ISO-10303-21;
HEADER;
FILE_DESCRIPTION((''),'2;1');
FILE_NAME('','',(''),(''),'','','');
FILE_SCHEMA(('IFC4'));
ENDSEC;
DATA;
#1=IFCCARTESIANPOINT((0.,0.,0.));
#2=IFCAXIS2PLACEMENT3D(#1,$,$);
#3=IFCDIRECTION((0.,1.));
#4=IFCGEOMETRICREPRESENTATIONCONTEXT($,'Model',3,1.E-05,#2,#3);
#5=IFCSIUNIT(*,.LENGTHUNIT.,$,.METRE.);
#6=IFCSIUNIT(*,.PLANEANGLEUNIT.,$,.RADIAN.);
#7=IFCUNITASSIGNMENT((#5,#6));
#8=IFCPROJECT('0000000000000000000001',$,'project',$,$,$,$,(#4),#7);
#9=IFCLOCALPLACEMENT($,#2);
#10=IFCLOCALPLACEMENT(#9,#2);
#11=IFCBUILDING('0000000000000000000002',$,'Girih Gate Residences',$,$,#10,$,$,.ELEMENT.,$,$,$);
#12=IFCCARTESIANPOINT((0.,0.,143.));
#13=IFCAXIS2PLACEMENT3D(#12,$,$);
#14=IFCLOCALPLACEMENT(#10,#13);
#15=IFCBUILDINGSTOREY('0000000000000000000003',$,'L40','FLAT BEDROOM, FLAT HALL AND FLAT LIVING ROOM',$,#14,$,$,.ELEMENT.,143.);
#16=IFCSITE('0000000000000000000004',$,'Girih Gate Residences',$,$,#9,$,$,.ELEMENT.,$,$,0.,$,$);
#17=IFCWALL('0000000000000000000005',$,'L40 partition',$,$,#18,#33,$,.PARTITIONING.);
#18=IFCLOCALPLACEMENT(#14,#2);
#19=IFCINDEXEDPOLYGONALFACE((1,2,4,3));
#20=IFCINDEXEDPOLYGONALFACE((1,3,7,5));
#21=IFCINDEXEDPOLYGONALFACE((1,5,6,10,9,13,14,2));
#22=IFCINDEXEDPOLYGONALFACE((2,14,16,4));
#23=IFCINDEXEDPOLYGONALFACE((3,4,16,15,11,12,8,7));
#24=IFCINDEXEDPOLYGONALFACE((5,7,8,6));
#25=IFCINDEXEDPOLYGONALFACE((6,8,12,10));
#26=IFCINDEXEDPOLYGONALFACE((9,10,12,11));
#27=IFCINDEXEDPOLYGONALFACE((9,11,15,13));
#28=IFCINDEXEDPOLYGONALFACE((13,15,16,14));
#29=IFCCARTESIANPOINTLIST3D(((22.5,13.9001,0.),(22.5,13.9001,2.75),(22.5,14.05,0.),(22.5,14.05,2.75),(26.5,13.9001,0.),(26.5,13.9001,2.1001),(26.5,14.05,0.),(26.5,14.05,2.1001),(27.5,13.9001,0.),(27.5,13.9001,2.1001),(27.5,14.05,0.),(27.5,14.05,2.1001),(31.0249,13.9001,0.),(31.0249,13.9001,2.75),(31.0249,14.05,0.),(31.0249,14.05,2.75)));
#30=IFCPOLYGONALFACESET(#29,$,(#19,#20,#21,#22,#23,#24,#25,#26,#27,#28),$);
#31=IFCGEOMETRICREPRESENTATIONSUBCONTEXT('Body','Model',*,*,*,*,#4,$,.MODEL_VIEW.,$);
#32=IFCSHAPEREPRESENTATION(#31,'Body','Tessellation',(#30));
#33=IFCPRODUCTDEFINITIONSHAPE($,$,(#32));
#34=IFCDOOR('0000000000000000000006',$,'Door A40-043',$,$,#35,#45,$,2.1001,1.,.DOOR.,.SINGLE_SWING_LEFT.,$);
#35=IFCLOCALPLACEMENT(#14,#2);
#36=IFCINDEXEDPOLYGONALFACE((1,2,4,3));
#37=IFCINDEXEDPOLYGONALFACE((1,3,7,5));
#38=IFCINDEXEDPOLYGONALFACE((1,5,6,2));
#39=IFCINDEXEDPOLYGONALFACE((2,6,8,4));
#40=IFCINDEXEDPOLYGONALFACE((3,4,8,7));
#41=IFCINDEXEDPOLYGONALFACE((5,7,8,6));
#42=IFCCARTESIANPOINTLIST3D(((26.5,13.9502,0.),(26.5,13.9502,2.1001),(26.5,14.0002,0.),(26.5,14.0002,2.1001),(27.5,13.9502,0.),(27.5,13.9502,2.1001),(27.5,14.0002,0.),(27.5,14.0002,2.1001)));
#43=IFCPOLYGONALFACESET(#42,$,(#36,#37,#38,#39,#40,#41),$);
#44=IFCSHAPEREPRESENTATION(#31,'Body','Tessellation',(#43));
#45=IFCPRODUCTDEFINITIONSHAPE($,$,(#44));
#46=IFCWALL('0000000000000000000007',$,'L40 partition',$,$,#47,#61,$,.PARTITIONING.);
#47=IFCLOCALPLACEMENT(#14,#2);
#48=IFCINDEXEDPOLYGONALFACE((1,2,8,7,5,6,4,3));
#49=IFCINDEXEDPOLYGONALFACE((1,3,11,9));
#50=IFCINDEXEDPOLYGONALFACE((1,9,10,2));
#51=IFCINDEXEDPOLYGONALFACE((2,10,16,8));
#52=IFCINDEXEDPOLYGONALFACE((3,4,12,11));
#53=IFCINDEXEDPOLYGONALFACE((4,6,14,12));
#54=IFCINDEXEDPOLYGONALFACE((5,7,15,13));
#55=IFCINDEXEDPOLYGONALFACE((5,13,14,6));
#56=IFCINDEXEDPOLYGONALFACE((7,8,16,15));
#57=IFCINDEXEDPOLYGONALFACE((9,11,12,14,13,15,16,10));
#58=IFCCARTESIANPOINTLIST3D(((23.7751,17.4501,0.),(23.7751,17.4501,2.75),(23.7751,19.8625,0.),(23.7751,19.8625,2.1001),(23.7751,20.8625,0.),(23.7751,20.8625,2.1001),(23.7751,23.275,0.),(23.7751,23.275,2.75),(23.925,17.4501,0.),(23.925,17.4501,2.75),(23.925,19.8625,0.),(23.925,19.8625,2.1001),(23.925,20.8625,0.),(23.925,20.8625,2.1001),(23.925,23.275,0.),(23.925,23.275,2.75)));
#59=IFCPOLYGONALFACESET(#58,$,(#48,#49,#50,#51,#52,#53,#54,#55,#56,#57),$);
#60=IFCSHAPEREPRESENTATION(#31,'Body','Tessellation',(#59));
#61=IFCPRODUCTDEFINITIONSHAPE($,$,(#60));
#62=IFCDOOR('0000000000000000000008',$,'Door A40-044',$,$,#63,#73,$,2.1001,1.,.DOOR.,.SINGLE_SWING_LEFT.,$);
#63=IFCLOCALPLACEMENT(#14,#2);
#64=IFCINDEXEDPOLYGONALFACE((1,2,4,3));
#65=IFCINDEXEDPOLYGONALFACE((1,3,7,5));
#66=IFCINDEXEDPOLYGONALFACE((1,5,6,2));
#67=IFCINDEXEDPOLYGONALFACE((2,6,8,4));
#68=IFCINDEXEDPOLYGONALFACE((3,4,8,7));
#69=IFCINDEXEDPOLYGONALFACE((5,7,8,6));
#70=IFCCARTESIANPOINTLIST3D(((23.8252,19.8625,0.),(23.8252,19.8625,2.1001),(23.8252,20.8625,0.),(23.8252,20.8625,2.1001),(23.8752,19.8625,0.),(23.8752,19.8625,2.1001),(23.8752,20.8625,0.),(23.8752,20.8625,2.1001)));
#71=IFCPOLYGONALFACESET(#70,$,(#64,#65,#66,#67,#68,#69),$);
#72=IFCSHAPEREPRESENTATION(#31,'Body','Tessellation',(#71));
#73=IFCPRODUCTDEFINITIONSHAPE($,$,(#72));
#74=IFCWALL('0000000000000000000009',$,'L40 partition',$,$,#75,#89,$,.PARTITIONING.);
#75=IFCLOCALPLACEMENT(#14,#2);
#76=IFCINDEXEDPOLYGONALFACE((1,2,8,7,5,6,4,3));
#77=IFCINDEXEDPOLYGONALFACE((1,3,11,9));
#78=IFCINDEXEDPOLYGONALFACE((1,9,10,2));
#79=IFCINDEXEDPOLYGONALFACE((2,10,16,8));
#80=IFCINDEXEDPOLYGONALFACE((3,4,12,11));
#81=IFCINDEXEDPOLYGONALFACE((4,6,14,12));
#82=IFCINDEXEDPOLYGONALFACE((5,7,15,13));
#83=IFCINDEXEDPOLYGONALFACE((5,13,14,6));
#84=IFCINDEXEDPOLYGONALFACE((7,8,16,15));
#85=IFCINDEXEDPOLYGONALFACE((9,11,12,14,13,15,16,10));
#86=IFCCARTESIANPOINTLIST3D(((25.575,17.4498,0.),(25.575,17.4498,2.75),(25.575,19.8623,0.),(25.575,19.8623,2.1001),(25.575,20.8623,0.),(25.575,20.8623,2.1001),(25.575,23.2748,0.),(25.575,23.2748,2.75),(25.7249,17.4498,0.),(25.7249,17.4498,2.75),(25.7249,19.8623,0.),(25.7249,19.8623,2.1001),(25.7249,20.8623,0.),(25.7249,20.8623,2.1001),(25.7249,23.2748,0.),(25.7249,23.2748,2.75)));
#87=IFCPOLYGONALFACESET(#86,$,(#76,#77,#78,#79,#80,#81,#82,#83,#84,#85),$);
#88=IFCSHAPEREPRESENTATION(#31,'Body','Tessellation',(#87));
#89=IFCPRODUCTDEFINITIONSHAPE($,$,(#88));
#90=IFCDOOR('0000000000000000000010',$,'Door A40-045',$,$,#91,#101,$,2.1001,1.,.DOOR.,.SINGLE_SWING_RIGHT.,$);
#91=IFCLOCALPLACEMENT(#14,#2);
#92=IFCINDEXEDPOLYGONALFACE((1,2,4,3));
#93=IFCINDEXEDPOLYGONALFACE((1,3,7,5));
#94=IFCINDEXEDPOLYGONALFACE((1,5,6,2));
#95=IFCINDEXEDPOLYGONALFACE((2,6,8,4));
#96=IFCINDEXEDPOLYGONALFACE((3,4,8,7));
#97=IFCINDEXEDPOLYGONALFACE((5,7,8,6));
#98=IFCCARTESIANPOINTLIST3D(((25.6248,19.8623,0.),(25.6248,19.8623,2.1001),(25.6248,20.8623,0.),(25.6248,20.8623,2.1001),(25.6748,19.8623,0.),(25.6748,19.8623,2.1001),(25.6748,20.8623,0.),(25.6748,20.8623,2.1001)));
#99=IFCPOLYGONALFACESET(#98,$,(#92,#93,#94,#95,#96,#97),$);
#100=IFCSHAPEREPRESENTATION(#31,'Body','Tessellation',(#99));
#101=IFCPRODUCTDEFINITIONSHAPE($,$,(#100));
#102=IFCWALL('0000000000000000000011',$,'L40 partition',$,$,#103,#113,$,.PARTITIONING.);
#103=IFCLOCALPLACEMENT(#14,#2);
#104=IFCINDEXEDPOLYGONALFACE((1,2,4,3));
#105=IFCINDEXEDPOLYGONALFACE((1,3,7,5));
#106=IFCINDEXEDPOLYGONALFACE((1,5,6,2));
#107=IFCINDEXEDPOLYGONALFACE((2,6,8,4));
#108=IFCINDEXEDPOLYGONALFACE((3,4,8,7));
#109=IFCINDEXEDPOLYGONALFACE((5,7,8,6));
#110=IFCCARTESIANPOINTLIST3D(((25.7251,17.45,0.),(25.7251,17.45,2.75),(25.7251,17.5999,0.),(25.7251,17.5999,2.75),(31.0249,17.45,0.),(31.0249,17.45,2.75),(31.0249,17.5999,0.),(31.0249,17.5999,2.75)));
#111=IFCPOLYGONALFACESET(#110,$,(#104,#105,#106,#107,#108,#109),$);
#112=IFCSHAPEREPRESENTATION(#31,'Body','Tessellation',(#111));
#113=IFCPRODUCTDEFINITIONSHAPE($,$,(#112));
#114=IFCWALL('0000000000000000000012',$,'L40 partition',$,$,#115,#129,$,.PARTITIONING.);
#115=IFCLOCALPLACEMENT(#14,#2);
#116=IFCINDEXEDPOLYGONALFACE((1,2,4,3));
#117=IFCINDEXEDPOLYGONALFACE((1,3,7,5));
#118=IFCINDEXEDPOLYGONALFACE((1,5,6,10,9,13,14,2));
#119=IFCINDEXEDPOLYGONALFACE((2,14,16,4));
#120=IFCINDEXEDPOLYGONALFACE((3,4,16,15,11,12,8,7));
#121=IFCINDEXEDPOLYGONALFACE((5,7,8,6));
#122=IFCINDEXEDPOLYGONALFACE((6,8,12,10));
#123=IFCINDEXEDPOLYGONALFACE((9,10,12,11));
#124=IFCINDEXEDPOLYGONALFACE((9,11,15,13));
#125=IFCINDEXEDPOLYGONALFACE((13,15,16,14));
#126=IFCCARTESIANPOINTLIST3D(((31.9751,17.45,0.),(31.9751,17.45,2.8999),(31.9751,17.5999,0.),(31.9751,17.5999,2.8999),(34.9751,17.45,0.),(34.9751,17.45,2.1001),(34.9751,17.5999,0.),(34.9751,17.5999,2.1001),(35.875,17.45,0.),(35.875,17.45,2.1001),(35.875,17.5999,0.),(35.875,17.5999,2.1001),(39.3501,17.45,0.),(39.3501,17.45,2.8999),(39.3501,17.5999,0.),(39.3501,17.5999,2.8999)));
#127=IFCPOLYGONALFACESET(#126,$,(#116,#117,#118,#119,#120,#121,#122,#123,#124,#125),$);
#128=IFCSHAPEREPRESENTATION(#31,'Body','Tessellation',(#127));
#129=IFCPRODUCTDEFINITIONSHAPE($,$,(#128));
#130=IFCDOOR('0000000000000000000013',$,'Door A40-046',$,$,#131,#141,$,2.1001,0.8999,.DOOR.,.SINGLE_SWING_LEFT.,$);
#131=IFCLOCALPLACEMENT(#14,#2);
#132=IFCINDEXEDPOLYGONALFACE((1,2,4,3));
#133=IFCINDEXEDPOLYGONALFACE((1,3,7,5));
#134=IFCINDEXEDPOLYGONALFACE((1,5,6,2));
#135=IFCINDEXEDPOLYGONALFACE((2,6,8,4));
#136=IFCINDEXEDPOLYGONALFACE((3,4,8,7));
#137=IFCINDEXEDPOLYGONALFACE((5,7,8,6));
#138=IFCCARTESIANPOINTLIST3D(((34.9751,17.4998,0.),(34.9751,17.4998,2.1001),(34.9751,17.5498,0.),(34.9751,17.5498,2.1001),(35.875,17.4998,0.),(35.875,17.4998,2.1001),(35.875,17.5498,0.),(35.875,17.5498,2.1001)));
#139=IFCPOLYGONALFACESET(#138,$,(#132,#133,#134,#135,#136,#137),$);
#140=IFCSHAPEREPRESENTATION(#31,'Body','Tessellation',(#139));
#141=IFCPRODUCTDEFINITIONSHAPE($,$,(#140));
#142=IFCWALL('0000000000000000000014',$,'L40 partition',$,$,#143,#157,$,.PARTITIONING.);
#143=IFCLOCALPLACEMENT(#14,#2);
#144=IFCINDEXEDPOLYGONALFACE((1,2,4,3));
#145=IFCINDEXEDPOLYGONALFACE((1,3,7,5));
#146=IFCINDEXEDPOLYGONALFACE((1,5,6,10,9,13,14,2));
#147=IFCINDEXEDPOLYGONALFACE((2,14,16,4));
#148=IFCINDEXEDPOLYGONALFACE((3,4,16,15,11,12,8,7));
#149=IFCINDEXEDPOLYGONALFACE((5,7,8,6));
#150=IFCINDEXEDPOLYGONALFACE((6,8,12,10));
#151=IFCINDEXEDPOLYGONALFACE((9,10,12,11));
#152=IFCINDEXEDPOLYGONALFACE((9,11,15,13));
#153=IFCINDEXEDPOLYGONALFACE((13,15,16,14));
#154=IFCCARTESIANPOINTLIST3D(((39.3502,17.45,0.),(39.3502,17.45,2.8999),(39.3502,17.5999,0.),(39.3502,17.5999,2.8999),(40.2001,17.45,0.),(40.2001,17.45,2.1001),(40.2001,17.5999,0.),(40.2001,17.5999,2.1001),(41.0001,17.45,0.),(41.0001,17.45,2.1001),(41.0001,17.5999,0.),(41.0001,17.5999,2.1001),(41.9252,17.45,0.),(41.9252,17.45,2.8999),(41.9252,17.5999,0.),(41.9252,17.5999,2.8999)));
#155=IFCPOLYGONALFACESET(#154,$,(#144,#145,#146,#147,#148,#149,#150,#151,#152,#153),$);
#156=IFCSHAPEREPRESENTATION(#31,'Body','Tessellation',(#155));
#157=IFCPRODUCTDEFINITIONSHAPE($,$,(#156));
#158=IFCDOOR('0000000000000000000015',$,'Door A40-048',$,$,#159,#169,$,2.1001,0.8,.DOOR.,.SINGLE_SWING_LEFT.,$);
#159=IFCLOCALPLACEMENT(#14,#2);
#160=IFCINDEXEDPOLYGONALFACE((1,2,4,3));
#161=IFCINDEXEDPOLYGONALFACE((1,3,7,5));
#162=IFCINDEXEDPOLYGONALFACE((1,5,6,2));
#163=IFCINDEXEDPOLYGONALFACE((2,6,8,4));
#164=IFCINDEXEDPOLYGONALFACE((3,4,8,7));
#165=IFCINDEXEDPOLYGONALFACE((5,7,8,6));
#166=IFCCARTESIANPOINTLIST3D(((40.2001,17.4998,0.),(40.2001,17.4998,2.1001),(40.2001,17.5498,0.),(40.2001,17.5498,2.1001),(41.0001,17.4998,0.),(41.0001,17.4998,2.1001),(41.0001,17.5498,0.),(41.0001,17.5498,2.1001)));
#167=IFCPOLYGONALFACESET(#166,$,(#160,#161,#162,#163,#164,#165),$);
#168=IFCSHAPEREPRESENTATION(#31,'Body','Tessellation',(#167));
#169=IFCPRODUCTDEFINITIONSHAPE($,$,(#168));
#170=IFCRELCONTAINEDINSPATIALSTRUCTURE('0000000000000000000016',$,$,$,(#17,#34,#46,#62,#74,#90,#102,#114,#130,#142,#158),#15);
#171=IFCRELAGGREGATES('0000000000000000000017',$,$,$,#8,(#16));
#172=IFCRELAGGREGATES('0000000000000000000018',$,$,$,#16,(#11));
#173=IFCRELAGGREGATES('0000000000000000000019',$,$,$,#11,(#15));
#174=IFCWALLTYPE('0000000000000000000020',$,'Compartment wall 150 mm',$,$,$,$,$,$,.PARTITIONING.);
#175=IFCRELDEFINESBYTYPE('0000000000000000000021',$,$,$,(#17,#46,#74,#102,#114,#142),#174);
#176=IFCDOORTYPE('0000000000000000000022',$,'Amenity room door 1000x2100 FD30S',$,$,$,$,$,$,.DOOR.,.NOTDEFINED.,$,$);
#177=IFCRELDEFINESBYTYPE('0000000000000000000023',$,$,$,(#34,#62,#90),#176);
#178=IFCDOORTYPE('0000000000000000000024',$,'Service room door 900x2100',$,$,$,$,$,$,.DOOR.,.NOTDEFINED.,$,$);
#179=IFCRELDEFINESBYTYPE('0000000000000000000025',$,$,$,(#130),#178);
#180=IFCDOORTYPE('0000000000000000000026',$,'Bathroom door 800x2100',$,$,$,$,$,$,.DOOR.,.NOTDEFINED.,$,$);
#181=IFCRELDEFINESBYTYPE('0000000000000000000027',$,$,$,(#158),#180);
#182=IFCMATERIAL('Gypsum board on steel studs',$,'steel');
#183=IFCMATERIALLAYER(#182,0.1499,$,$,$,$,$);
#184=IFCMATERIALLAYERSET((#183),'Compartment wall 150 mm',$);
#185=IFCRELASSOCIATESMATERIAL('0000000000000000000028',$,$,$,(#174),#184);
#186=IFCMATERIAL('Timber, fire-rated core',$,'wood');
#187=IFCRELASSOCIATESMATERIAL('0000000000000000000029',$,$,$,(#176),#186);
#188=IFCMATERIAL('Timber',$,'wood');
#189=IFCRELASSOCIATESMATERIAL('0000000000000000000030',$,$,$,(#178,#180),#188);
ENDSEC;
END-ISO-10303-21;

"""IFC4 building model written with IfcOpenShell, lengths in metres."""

from ifc_helpers import new_model, si_unit, direction, frame, frame_2d, origin, place, context, subcontext, project, spatial, rectangle, extrude, material, layer, layer_set, type_object, element, fill, save


model = new_model("IFC4")

# Units and contexts
model_context = context("Model", 3, precision=1e-05, world=origin(), true_north=direction((0.0, 1.0)))
body_context = subcontext(model_context, "Body", "Model", "MODEL_VIEW")
ifc_project = project(units=[si_unit("LENGTHUNIT", "METRE"), si_unit("PLANEANGLEUNIT", "RADIAN")], contexts=[model_context])

# Site, building, storey
site_placement = place(None, origin())
site = spatial("IfcSite", under=ifc_project, at=site_placement, Name="Girih Gate Residences", CompositionType="ELEMENT", RefElevation=0.0)
building_placement = place(site_placement, origin())
building = spatial("IfcBuilding", under=site, at=building_placement, Name="Girih Gate Residences", CompositionType="ELEMENT")
storey_placement = place(building_placement, frame((0.0, 0.0, 143.0)))
storey = spatial("IfcBuildingStorey", under=building, at=storey_placement, Name="L40", Description="FLAT BEDROOM, FLAT HALL AND FLAT LIVING ROOM", CompositionType="ELEMENT", Elevation=143.0)

# Shared definitions
ifc_material_1 = material(Name="Gypsum board on steel studs", Category="steel")
ifc_layer_1 = layer(ifc_material_1, 0.1499)
ifc_layer_set_1 = layer_set([ifc_layer_1], Name="Compartment wall 150 mm")
wall_type_1 = type_object("IfcWallType", Name="Compartment wall 150 mm", PredefinedType="PARTITIONING", material=ifc_layer_set_1)

# Shared definitions
ifc_material_2 = material(Name="Timber, fire-rated core", Category="wood")

# Walls, openings, doors
wall_1_placement = place(storey_placement, frame((31.0249, 13.9751, 0.0), z_axis=(0.0, 0.0, 1.0), x_axis=(-1.0, 0.0, 0.0)))
wall_1 = element("IfcWall", 1, at=wall_1_placement, inside=storey, type_object=wall_type_1, Name="L40 partition", PredefinedType="PARTITIONING", context=body_context, shape_type="SweptSolid", body=[
    extrude(rectangle(XDim=8.5249, YDim=0.1499, at=frame_2d((4.2625, 0.0))), origin(), (0.0, 0.0, 1.0), 2.75),
])
opening_1_placement = place(wall_1_placement, frame((3.5249, 0.0, 0.0)))
opening_1 = element("IfcOpeningElement", 2, at=opening_1_placement, cuts=wall_1, PredefinedType="OPENING", context=body_context, shape_type="SweptSolid", body=[
    extrude(rectangle(XDim=1.0, YDim=2.1001, at=frame_2d((0.5, 1.05))), frame((0.0, 0.085, 0.0), z_axis=(0.0, -1.0, 0.0), x_axis=(1.0, 0.0, 0.0)), (0.0, 0.0, 1.0), 0.1699),
])
door_type_1 = type_object("IfcDoorType", Name="Amenity room door 1000x2100 FD30S", OperationType="NOTDEFINED", PredefinedType="DOOR", material=ifc_material_2)
door_1_placement = place(opening_1_placement, origin())
door_1 = element("IfcDoor", 3, at=door_1_placement, inside=storey, type_object=door_type_1, Name="Door A40-043", OperationType="SINGLE_SWING_LEFT", OverallHeight=2.1001, OverallWidth=1.0, PredefinedType="DOOR", context=body_context, shape_type="SweptSolid", body=[
    extrude(rectangle(XDim=1.0, YDim=2.1001, at=frame_2d((0.5, 1.05))), frame((0.0, 0.0249, 0.0), z_axis=(0.0, -1.0, 0.0), x_axis=(1.0, 0.0, 0.0)), (0.0, 0.0, 1.0), 0.05),
])
fill(opening_1, door_1)
wall_2_placement = place(storey_placement, frame((23.8501, 17.45, 0.0), z_axis=(0.0, 0.0, 1.0), x_axis=(0.0, 1.0, 0.0)))
wall_2 = element("IfcWall", 4, at=wall_2_placement, inside=storey, type_object=wall_type_1, Name="L40 partition", PredefinedType="PARTITIONING", context=body_context, shape_type="SweptSolid", body=[
    extrude(rectangle(XDim=5.825, YDim=0.1499, at=frame_2d((2.9126, 0.0))), origin(), (0.0, 0.0, 1.0), 2.75),
])
opening_2_placement = place(wall_2_placement, frame((2.4126, 0.0, 0.0)))
opening_2 = element("IfcOpeningElement", 5, at=opening_2_placement, cuts=wall_2, PredefinedType="OPENING", context=body_context, shape_type="SweptSolid", body=[
    extrude(rectangle(XDim=1.0, YDim=2.1001, at=frame_2d((0.5, 1.05))), frame((0.0, 0.085, 0.0), z_axis=(0.0, -1.0, 0.0), x_axis=(1.0, 0.0, 0.0)), (0.0, 0.0, 1.0), 0.1699),
])
door_2_placement = place(opening_2_placement, origin())
door_2 = element("IfcDoor", 6, at=door_2_placement, inside=storey, type_object=door_type_1, Name="Door A40-044", OperationType="SINGLE_SWING_LEFT", OverallHeight=2.1001, OverallWidth=1.0, PredefinedType="DOOR", context=body_context, shape_type="SweptSolid", body=[
    extrude(rectangle(XDim=1.0, YDim=2.1001, at=frame_2d((0.5, 1.05))), frame((0.0, 0.0249, 0.0), z_axis=(0.0, -1.0, 0.0), x_axis=(1.0, 0.0, 0.0)), (0.0, 0.0, 1.0), 0.05),
])
fill(opening_2, door_2)
wall_3_placement = place(storey_placement, frame((25.6499, 23.2749, 0.0), z_axis=(0.0, 0.0, 1.0), x_axis=(0.0, -1.0, 0.0)))
wall_3 = element("IfcWall", 7, at=wall_3_placement, inside=storey, type_object=wall_type_1, Name="L40 partition", PredefinedType="PARTITIONING", context=body_context, shape_type="SweptSolid", body=[
    extrude(rectangle(XDim=5.825, YDim=0.1499, at=frame_2d((2.9126, 0.0))), origin(), (0.0, 0.0, 1.0), 2.75),
])
opening_3_placement = place(wall_3_placement, frame((2.4126, 0.0, 0.0)))
opening_3 = element("IfcOpeningElement", 8, at=opening_3_placement, cuts=wall_3, PredefinedType="OPENING", context=body_context, shape_type="SweptSolid", body=[
    extrude(rectangle(XDim=1.0, YDim=2.1001, at=frame_2d((0.5, 1.05))), frame((0.0, 0.085, 0.0), z_axis=(0.0, -1.0, 0.0), x_axis=(1.0, 0.0, 0.0)), (0.0, 0.0, 1.0), 0.1699),
])
door_3_placement = place(opening_3_placement, origin())
door_3 = element("IfcDoor", 9, at=door_3_placement, inside=storey, type_object=door_type_1, Name="Door A40-045", OperationType="SINGLE_SWING_RIGHT", OverallHeight=2.1001, OverallWidth=1.0, PredefinedType="DOOR", context=body_context, shape_type="SweptSolid", body=[
    extrude(rectangle(XDim=1.0, YDim=2.1001, at=frame_2d((0.5, 1.05))), frame((0.0, 0.0249, 0.0), z_axis=(0.0, -1.0, 0.0), x_axis=(1.0, 0.0, 0.0)), (0.0, 0.0, 1.0), 0.05),
])
fill(opening_3, door_3)

# Wall
wall_4_placement = place(storey_placement, frame((25.7251, 17.5249, 0.0), z_axis=(0.0, 0.0, 1.0), x_axis=(1.0, 0.0, 0.0)))
element("IfcWall", 10, at=wall_4_placement, inside=storey, type_object=wall_type_1, Name="L40 partition", PredefinedType="PARTITIONING", context=body_context, shape_type="SweptSolid", body=[
    extrude(rectangle(XDim=5.2998, YDim=0.1499, at=frame_2d((2.6499, 0.0))), origin(), (0.0, 0.0, 1.0), 2.75),
])

# Walls, openings, doors
wall_5_placement = place(storey_placement, frame((31.9751, 17.5249, 0.0), z_axis=(0.0, 0.0, 1.0), x_axis=(1.0, 0.0, 0.0)))
wall_5 = element("IfcWall", 11, at=wall_5_placement, inside=storey, type_object=wall_type_1, Name="L40 partition", PredefinedType="PARTITIONING", context=body_context, shape_type="SweptSolid", body=[
    extrude(rectangle(XDim=7.375, YDim=0.1499, at=frame_2d((3.6875, 0.0))), origin(), (0.0, 0.0, 1.0), 2.8999),
])
opening_4_placement = place(wall_5_placement, frame((3.0, 0.0, 0.0)))
opening_4 = element("IfcOpeningElement", 12, at=opening_4_placement, cuts=wall_5, PredefinedType="OPENING", context=body_context, shape_type="SweptSolid", body=[
    extrude(rectangle(XDim=0.8999, YDim=2.1001, at=frame_2d((0.45, 1.05))), frame((0.0, 0.085, 0.0), z_axis=(0.0, -1.0, 0.0), x_axis=(1.0, 0.0, 0.0)), (0.0, 0.0, 1.0), 0.1699),
])
ifc_material_3 = material(Name="Timber", Category="wood")
door_type_2 = type_object("IfcDoorType", Name="Service room door 900x2100", OperationType="NOTDEFINED", PredefinedType="DOOR", material=ifc_material_3)
door_4_placement = place(opening_4_placement, origin())
door_4 = element("IfcDoor", 13, at=door_4_placement, inside=storey, type_object=door_type_2, Name="Door A40-046", OperationType="SINGLE_SWING_LEFT", OverallHeight=2.1001, OverallWidth=0.8999, PredefinedType="DOOR", context=body_context, shape_type="SweptSolid", body=[
    extrude(rectangle(XDim=0.8999, YDim=2.1001, at=frame_2d((0.45, 1.05))), frame((0.0, 0.0249, 0.0), z_axis=(0.0, -1.0, 0.0), x_axis=(1.0, 0.0, 0.0)), (0.0, 0.0, 1.0), 0.05),
])
fill(opening_4, door_4)
wall_6_placement = place(storey_placement, frame((39.3501, 17.5249, 0.0), z_axis=(0.0, 0.0, 1.0), x_axis=(1.0, 0.0, 0.0)))
wall_6 = element("IfcWall", 14, at=wall_6_placement, inside=storey, type_object=wall_type_1, Name="L40 partition", PredefinedType="PARTITIONING", context=body_context, shape_type="SweptSolid", body=[
    extrude(rectangle(XDim=2.575, YDim=0.1499, at=frame_2d((1.2876, 0.0))), origin(), (0.0, 0.0, 1.0), 2.8999),
])
opening_5_placement = place(wall_6_placement, frame((0.8501, 0.0, 0.0)))
opening_5 = element("IfcOpeningElement", 15, at=opening_5_placement, cuts=wall_6, PredefinedType="OPENING", context=body_context, shape_type="SweptSolid", body=[
    extrude(rectangle(XDim=0.8, YDim=2.1001, at=frame_2d((0.3999, 1.05))), frame((0.0, 0.085, 0.0), z_axis=(0.0, -1.0, 0.0), x_axis=(1.0, 0.0, 0.0)), (0.0, 0.0, 1.0), 0.1699),
])
door_type_3 = type_object("IfcDoorType", Name="Bathroom door 800x2100", OperationType="NOTDEFINED", PredefinedType="DOOR", material=ifc_material_3)
door_5_placement = place(opening_5_placement, origin())
door_5 = element("IfcDoor", 16, at=door_5_placement, inside=storey, type_object=door_type_3, Name="Door A40-048", OperationType="SINGLE_SWING_LEFT", OverallHeight=2.1001, OverallWidth=0.8, PredefinedType="DOOR", context=body_context, shape_type="SweptSolid", body=[
    extrude(rectangle(XDim=0.8, YDim=2.1001, at=frame_2d((0.3999, 1.05))), frame((0.0, 0.0249, 0.0), z_axis=(0.0, -1.0, 0.0), x_axis=(1.0, 0.0, 0.0)), (0.0, 0.0, 1.0), 0.05),
])
fill(opening_5, door_5)

save(model, "model.ifc")
